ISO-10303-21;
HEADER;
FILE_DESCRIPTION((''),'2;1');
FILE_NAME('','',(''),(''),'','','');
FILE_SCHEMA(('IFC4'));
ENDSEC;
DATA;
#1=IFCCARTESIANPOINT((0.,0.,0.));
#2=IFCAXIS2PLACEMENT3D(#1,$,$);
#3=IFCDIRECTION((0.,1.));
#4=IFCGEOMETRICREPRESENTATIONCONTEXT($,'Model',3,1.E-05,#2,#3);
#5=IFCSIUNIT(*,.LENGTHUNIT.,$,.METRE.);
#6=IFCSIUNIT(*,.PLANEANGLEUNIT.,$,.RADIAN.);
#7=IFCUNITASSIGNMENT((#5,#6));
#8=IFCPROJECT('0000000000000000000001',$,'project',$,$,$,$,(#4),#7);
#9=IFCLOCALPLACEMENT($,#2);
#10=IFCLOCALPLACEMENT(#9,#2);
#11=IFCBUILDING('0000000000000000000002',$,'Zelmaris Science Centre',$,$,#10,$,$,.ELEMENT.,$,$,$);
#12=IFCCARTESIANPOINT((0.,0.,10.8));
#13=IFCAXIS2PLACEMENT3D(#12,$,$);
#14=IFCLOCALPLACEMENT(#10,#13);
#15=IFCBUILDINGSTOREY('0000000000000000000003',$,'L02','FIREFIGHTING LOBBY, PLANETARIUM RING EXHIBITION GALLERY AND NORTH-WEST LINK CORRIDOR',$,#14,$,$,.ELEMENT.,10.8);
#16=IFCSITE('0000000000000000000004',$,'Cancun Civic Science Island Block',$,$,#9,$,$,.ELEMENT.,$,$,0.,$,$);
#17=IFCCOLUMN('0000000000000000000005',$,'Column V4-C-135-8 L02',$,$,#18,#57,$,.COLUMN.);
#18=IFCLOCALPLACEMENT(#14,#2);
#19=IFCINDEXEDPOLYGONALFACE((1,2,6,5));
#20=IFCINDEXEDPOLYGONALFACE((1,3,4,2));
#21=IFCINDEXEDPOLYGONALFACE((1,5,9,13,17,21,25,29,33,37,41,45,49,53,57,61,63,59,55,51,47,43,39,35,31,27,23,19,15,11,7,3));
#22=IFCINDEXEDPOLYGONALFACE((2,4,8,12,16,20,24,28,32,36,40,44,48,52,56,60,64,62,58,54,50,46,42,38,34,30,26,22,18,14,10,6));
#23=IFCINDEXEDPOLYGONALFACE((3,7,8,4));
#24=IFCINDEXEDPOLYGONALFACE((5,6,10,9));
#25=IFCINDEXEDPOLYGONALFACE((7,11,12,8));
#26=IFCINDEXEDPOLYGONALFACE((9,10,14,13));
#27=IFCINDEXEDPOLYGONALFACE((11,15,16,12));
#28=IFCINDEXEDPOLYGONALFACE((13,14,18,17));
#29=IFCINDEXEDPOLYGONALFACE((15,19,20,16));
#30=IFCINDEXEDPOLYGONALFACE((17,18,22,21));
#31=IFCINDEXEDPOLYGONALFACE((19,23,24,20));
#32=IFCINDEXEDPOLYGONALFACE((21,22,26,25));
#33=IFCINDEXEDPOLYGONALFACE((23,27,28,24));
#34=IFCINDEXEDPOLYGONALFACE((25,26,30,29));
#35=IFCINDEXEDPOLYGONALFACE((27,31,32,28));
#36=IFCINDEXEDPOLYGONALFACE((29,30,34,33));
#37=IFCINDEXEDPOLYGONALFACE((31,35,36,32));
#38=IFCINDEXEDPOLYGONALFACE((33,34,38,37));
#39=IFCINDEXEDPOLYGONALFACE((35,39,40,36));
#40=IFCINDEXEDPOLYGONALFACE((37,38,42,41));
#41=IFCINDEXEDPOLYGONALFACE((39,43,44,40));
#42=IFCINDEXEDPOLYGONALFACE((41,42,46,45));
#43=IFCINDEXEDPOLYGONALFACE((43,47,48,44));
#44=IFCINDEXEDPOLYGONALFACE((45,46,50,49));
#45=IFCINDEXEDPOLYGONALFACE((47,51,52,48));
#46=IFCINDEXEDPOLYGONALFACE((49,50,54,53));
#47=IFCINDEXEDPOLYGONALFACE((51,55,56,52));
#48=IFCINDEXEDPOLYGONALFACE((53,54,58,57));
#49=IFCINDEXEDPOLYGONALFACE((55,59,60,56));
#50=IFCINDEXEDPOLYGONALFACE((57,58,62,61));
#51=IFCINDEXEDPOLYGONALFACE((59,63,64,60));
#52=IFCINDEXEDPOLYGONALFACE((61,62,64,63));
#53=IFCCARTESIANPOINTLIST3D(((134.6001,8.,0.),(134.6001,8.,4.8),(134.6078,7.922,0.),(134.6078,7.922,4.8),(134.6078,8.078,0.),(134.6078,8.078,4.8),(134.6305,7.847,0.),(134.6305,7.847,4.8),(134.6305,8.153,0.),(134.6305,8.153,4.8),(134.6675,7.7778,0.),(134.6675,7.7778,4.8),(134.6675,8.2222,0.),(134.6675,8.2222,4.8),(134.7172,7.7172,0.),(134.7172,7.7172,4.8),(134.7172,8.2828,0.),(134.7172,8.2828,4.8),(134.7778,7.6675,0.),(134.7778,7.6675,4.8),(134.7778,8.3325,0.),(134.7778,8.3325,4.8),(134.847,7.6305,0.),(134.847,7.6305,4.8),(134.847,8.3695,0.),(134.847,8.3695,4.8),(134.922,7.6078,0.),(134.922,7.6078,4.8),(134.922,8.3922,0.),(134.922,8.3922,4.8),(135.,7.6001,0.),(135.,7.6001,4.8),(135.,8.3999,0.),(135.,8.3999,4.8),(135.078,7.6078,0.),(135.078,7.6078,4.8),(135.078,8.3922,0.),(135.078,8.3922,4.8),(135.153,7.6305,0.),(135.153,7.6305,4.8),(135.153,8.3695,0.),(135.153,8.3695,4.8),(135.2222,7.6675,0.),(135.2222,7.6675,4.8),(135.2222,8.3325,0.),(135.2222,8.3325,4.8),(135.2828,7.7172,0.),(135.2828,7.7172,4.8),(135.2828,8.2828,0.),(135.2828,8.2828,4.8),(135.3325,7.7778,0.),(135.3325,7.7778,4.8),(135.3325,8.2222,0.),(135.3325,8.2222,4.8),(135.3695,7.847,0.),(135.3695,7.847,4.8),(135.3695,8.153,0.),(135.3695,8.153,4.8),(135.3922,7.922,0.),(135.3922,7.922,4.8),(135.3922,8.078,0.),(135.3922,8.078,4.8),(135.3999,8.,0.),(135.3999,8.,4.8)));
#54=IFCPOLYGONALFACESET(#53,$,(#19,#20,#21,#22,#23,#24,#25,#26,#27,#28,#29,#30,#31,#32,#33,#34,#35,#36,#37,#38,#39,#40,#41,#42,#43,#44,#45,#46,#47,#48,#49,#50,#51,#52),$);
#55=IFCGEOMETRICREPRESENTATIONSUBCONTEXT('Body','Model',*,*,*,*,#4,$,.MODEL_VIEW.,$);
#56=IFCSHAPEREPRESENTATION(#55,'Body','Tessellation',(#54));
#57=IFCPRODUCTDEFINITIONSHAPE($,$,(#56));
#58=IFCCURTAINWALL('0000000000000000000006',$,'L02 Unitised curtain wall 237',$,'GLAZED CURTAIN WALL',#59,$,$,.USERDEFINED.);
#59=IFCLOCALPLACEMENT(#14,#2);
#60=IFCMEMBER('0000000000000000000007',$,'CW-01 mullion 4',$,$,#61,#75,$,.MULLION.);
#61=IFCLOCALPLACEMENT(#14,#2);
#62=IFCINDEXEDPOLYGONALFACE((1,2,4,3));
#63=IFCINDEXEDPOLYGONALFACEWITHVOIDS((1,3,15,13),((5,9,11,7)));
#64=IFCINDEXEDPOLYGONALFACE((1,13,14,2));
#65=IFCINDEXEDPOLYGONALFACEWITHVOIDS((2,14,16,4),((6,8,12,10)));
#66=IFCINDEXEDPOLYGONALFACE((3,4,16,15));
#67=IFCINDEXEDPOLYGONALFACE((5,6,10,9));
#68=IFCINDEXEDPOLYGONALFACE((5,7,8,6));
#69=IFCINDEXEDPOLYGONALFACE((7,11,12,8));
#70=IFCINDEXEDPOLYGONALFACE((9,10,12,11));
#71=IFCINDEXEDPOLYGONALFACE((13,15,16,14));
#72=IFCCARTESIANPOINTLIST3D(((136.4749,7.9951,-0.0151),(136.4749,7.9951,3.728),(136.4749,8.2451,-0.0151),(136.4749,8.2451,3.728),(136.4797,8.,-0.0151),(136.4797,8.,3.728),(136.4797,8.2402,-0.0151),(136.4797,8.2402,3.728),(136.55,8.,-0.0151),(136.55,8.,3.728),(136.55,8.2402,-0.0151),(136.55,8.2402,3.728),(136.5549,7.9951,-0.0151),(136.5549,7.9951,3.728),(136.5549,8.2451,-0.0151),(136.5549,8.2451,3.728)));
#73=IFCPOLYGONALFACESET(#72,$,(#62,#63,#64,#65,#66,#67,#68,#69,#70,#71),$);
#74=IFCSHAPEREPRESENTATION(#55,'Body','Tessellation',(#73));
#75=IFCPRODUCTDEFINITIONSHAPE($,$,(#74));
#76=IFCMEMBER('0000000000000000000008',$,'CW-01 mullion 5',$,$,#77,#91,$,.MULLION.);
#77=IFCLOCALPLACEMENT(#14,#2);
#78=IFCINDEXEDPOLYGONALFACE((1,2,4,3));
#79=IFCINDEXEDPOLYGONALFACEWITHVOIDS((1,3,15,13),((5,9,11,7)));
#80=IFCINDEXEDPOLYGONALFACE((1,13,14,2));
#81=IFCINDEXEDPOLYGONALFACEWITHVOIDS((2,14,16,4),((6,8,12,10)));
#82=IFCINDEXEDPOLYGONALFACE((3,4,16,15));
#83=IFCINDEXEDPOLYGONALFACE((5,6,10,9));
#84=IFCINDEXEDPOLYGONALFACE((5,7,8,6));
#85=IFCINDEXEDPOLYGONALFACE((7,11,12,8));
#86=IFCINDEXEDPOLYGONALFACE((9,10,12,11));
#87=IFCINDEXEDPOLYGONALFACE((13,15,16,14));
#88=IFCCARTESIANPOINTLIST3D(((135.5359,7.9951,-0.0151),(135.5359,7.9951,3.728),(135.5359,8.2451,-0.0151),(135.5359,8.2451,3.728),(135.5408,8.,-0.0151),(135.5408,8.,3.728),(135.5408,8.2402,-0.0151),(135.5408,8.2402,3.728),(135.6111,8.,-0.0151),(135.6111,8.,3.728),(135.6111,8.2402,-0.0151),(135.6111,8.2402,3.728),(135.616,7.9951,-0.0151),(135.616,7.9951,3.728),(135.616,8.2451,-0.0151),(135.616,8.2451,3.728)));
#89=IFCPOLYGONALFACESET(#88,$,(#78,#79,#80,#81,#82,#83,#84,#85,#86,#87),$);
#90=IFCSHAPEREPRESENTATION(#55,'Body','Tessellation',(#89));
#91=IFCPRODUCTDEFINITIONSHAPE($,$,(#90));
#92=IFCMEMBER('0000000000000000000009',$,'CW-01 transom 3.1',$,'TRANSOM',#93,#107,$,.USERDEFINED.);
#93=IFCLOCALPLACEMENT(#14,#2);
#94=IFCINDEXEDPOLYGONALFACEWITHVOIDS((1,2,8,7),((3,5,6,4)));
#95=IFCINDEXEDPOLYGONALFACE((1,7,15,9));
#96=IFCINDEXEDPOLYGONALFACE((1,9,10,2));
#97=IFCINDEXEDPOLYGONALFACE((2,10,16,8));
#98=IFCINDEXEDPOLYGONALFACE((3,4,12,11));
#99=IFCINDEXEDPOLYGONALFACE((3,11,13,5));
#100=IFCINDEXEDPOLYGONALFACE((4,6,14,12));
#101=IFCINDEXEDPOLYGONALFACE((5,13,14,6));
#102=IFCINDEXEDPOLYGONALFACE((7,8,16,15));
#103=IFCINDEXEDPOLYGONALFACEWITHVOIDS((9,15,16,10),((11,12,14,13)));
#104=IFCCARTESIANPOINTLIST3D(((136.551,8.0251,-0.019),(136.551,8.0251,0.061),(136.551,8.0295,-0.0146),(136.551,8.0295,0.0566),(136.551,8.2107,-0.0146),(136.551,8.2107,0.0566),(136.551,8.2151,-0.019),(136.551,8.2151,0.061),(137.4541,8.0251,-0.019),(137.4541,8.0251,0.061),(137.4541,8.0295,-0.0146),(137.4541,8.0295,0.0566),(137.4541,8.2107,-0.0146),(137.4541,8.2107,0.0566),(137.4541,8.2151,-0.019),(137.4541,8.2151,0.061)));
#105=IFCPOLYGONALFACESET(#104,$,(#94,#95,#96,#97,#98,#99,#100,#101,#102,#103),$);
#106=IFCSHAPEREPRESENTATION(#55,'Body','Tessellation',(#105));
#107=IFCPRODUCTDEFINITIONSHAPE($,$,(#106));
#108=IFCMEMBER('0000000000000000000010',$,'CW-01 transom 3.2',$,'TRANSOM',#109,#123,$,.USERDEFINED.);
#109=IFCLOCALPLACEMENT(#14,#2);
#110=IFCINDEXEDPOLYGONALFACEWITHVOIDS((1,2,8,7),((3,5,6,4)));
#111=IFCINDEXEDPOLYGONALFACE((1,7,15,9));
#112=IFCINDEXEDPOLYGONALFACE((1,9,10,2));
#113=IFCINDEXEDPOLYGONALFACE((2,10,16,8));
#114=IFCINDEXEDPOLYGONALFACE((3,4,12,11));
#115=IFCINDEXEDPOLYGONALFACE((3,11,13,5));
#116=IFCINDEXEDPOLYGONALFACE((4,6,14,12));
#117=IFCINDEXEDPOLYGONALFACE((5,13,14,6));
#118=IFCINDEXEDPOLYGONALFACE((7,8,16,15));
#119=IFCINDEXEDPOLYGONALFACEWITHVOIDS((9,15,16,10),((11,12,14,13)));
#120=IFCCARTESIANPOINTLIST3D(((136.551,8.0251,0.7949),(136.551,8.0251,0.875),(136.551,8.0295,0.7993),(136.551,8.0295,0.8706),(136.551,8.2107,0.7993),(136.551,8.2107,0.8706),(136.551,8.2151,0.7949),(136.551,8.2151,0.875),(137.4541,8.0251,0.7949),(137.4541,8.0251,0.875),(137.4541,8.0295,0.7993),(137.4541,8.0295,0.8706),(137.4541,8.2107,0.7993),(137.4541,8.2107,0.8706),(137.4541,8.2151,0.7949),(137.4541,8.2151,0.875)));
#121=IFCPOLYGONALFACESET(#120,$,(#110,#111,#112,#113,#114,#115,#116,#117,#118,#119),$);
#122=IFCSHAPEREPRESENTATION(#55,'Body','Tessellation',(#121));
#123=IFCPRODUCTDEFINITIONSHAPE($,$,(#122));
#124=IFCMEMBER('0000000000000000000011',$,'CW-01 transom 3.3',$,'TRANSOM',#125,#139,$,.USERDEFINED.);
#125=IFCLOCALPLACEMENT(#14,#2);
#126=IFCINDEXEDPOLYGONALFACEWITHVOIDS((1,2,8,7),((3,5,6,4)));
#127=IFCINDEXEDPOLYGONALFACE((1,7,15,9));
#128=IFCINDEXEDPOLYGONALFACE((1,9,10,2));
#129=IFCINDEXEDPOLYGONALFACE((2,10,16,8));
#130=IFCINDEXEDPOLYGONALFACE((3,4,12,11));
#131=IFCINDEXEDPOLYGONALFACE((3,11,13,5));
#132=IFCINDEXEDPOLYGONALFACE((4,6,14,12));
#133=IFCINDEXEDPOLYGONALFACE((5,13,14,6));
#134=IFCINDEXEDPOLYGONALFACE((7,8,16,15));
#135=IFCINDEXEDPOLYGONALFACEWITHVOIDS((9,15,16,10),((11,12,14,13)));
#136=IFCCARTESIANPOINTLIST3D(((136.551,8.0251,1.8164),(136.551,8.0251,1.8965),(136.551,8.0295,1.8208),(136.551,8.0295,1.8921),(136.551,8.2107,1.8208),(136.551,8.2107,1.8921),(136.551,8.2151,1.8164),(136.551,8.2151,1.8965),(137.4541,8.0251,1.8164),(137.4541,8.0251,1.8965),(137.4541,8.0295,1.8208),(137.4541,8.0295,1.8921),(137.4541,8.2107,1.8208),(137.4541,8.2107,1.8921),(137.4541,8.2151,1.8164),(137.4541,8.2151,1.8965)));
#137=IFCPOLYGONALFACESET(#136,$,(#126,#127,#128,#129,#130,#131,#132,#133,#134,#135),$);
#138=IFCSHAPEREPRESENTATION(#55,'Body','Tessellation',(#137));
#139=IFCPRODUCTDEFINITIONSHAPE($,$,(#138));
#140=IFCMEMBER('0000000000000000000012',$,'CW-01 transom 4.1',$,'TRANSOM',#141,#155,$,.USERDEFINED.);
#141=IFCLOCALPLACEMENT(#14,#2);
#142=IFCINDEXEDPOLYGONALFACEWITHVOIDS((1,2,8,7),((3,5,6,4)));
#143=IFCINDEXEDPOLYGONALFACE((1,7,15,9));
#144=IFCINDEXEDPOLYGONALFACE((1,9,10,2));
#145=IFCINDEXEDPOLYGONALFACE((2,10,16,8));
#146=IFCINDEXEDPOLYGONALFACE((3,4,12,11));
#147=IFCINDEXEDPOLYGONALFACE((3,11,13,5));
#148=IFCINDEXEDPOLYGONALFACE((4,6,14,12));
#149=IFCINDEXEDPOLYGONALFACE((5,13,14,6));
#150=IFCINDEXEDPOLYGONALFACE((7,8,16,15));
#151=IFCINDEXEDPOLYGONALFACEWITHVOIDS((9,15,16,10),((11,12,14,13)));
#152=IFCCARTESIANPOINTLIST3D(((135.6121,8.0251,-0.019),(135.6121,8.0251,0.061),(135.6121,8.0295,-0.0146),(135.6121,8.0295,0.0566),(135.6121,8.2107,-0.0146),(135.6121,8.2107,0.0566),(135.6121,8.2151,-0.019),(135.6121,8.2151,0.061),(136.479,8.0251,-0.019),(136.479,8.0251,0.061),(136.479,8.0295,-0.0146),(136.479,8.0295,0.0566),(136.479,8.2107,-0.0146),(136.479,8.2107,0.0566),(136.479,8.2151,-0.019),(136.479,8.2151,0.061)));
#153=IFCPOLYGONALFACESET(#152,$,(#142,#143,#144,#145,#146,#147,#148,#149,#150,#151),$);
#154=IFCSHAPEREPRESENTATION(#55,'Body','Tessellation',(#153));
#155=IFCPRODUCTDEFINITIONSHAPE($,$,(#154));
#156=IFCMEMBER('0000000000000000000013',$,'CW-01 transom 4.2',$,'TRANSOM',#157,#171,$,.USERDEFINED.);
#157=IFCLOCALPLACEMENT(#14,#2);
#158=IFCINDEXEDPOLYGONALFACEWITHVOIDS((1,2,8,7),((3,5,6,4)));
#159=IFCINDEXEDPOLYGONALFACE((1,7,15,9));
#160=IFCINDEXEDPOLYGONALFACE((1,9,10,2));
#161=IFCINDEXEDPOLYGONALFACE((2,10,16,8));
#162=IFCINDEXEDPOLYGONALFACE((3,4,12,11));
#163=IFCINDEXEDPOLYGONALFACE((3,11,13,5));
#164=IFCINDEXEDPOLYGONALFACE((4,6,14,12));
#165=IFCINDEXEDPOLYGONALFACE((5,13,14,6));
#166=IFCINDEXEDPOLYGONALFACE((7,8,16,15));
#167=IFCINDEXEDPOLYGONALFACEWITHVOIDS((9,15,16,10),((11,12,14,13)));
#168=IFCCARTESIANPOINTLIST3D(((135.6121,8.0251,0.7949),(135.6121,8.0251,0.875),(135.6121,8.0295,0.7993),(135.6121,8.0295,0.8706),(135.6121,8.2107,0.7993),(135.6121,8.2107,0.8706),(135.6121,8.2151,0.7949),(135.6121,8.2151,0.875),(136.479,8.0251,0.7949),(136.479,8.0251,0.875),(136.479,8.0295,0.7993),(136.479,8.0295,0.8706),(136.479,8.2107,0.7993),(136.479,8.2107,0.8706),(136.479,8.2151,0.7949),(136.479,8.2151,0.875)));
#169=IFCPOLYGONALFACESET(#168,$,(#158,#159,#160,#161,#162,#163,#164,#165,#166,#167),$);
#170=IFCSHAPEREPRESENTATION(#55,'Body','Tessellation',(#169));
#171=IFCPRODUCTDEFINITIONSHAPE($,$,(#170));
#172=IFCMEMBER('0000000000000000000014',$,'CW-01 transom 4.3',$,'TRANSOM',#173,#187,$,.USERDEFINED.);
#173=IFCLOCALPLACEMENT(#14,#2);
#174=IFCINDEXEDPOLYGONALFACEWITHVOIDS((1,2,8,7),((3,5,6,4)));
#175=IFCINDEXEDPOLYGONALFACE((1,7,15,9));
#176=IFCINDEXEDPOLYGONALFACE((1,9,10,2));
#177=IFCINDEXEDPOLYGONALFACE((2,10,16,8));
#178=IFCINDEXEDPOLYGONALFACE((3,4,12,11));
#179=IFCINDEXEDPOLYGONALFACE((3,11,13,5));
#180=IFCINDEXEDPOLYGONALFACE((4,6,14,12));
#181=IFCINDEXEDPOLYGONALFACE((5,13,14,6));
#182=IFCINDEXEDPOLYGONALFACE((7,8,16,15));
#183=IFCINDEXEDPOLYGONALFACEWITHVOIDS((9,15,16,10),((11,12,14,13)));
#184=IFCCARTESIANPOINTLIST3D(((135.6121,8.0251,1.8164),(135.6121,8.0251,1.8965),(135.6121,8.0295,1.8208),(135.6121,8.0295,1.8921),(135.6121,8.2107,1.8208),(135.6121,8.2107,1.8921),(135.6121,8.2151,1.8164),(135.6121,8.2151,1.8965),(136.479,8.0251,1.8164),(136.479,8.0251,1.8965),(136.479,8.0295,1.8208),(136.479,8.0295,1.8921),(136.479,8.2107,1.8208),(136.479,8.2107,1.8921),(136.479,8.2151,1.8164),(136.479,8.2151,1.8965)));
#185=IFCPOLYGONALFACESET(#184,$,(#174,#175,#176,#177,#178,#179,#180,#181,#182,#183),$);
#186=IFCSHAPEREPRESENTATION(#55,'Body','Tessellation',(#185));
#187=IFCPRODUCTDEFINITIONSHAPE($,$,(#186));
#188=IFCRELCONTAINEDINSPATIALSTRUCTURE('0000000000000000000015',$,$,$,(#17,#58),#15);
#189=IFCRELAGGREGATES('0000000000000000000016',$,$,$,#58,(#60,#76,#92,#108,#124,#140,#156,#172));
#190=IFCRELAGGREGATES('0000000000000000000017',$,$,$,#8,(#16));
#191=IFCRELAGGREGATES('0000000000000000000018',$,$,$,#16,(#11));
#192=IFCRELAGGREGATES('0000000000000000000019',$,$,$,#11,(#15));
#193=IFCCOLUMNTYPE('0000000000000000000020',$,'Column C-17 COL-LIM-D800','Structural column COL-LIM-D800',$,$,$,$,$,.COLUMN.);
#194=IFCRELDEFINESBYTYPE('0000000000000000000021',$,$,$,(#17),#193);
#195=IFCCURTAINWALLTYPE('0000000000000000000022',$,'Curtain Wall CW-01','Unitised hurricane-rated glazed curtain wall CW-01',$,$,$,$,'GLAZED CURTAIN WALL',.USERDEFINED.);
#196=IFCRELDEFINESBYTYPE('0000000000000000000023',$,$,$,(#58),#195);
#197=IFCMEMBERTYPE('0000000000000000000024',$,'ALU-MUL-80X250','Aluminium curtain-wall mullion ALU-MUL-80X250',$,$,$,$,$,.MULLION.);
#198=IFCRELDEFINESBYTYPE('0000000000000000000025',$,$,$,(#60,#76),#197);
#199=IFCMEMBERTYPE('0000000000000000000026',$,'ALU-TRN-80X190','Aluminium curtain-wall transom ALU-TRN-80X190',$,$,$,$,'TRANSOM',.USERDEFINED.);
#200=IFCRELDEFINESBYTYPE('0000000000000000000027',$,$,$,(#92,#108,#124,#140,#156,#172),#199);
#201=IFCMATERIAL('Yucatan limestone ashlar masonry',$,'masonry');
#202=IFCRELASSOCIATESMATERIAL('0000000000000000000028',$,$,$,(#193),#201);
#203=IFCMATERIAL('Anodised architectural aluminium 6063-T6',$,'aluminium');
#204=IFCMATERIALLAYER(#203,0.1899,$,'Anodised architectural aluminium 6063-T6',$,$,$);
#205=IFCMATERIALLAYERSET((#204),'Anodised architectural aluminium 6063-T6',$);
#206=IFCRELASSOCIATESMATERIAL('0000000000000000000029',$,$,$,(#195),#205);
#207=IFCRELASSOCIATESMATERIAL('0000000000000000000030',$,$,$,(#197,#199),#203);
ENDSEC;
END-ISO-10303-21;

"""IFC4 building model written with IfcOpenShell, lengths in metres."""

from ifc_helpers import new_model, si_unit, direction, frame, origin, origin_2d, place, context, subcontext, project, spatial, hollow_rectangle, circle, extrude, material, layer, layer_set, material_profile, profile_set, type_object, element, aggregate, save


model = new_model("IFC4")

# Units and contexts
model_context = context("Model", 3, precision=1e-05, world=origin(), true_north=direction((0.0, 1.0)))
body_context = subcontext(model_context, "Body", "Model", "MODEL_VIEW")
ifc_project = project(units=[si_unit("LENGTHUNIT", "METRE"), si_unit("PLANEANGLEUNIT", "RADIAN")], contexts=[model_context])

# Site, building, storey
site_placement = place(None, origin())
site = spatial("IfcSite", under=ifc_project, at=site_placement, Name="Cancun Civic Science Island Block", CompositionType="ELEMENT", RefElevation=0.0)
building_placement = place(site_placement, origin())
building = spatial("IfcBuilding", under=site, at=building_placement, Name="Zelmaris Science Centre", CompositionType="ELEMENT")
storey_placement = place(building_placement, frame((0.0, 0.0, 10.8)))
storey = spatial("IfcBuildingStorey", under=building, at=storey_placement, Name="L02", Description="FIREFIGHTING LOBBY, PLANETARIUM RING EXHIBITION GALLERY AND NORTH-WEST LINK CORRIDOR", CompositionType="ELEMENT", Elevation=10.8)

# Column
ifc_material_1 = material(Name="Yucatan limestone ashlar masonry", Category="masonry")
ifc_material_profile_1 = material_profile(ifc_material_1, circle(Radius=0.3999, at=origin_2d()), Name="COL-LIM-D800")
ifc_profile_set_1 = profile_set([ifc_material_profile_1], Name="Yucatan limestone ashlar masonry")
column_type = type_object("IfcColumnType", Name="Column C-17 COL-LIM-D800", Description="Structural column COL-LIM-D800", PredefinedType="COLUMN", material=ifc_profile_set_1)
column_placement = place(storey_placement, frame((135.0, 8.0, 0.0), z_axis=(0.0, 0.0, 1.0), x_axis=(1.0, 0.0, 0.0)))
element("IfcColumn", 1, at=column_placement, inside=storey, type_object=column_type, Name="Column V4-C-135-8 L02", PredefinedType="COLUMN", context=body_context, shape_type="SweptSolid", body=[
    extrude(circle(Radius=0.3999, at=origin_2d()), origin(), (0.0, 0.0, 1.0), 4.8),
])

# Curtain wall, members
ifc_material_2 = material(Name="Anodised architectural aluminium 6063-T6", Category="aluminium")
ifc_layer_1 = layer(ifc_material_2, 0.1899, Name="Anodised architectural aluminium 6063-T6")
ifc_layer_set_1 = layer_set([ifc_layer_1], Name="Anodised architectural aluminium 6063-T6")
curtain_wall_type = type_object("IfcCurtainWallType", Name="Curtain Wall CW-01", Description="Unitised hurricane-rated glazed curtain wall CW-01", ElementType="GLAZED CURTAIN WALL", PredefinedType="USERDEFINED", material=ifc_layer_set_1)
curtain_wall_placement = place(storey_placement, origin())
curtain_wall = element("IfcCurtainWall", 2, at=curtain_wall_placement, inside=storey, type_object=curtain_wall_type, Name="L02 Unitised curtain wall 237", ObjectType="GLAZED CURTAIN WALL", PredefinedType="USERDEFINED")
ifc_material_profile_2 = material_profile(ifc_material_2, hollow_rectangle(XDim=0.0801, YDim=0.25, WallThickness=0.0049, at=origin_2d()), Name="ALU-MUL-80X250")
ifc_profile_set_2 = profile_set([ifc_material_profile_2], Name="Anodised architectural aluminium 6063-T6")
member_type_1 = type_object("IfcMemberType", Name="ALU-MUL-80X250", Description="Aluminium curtain-wall mullion ALU-MUL-80X250", PredefinedType="MULLION", material=ifc_profile_set_2)
member_1_placement = place(storey_placement, frame((136.5149, 8.1201, -0.0151), z_axis=(0.0, 0.0, 1.0), x_axis=(-1.0, 0.0, 0.0)))
member_1 = element("IfcMember", 3, at=member_1_placement, type_object=member_type_1, Name="CW-01 mullion 4", PredefinedType="MULLION", context=body_context, shape_type="SweptSolid", body=[
    extrude(hollow_rectangle(XDim=0.0801, YDim=0.25, WallThickness=0.0049, at=origin_2d()), origin(), (0.0, 0.0, 1.0), 3.7432),
])
member_2_placement = place(storey_placement, frame((135.5759, 8.1201, -0.0151), z_axis=(0.0, 0.0, 1.0), x_axis=(-1.0, 0.0, 0.0)))
member_2 = element("IfcMember", 4, at=member_2_placement, type_object=member_type_1, Name="CW-01 mullion 5", PredefinedType="MULLION", context=body_context, shape_type="SweptSolid", body=[
    extrude(hollow_rectangle(XDim=0.0801, YDim=0.25, WallThickness=0.0049, at=origin_2d()), origin(), (0.0, 0.0, 1.0), 3.7432),
])
ifc_material_profile_3 = material_profile(ifc_material_2, hollow_rectangle(XDim=0.0801, YDim=0.1899, WallThickness=0.0044, at=origin_2d()), Name="ALU-TRN-80X190")
ifc_profile_set_3 = profile_set([ifc_material_profile_3], Name="Anodised architectural aluminium 6063-T6")
member_type_2 = type_object("IfcMemberType", Name="ALU-TRN-80X190", Description="Aluminium curtain-wall transom ALU-TRN-80X190", ElementType="TRANSOM", PredefinedType="USERDEFINED", material=ifc_profile_set_3)
member_3_placement = place(storey_placement, frame((137.4541, 8.1201, 0.021), z_axis=(-1.0, 0.0, 0.0), x_axis=(0.0, 0.0, 1.0)))
member_3 = element("IfcMember", 5, at=member_3_placement, type_object=member_type_2, Name="CW-01 transom 3.1", ObjectType="TRANSOM", PredefinedType="USERDEFINED", context=body_context, shape_type="SweptSolid", body=[
    extrude(hollow_rectangle(XDim=0.0801, YDim=0.1899, WallThickness=0.0044, at=origin_2d()), origin(), (0.0, 0.0, 1.0), 0.9031),
])
member_4_placement = place(storey_placement, frame((137.4541, 8.1201, 0.835), z_axis=(-1.0, 0.0, 0.0), x_axis=(0.0, 0.0, 1.0)))
member_4 = element("IfcMember", 6, at=member_4_placement, type_object=member_type_2, Name="CW-01 transom 3.2", ObjectType="TRANSOM", PredefinedType="USERDEFINED", context=body_context, shape_type="SweptSolid", body=[
    extrude(hollow_rectangle(XDim=0.0801, YDim=0.1899, WallThickness=0.0044, at=origin_2d()), origin(), (0.0, 0.0, 1.0), 0.9031),
])
member_5_placement = place(storey_placement, frame((137.4541, 8.1201, 1.8564), z_axis=(-1.0, 0.0, 0.0), x_axis=(0.0, 0.0, 1.0)))
member_5 = element("IfcMember", 7, at=member_5_placement, type_object=member_type_2, Name="CW-01 transom 3.3", ObjectType="TRANSOM", PredefinedType="USERDEFINED", context=body_context, shape_type="SweptSolid", body=[
    extrude(hollow_rectangle(XDim=0.0801, YDim=0.1899, WallThickness=0.0044, at=origin_2d()), origin(), (0.0, 0.0, 1.0), 0.9031),
])
member_6_placement = place(storey_placement, frame((136.479, 8.1201, 0.021), z_axis=(-1.0, 0.0, 0.0), x_axis=(0.0, 0.0, 1.0)))
member_6 = element("IfcMember", 8, at=member_6_placement, type_object=member_type_2, Name="CW-01 transom 4.1", ObjectType="TRANSOM", PredefinedType="USERDEFINED", context=body_context, shape_type="SweptSolid", body=[
    extrude(hollow_rectangle(XDim=0.0801, YDim=0.1899, WallThickness=0.0044, at=origin_2d()), origin(), (0.0, 0.0, 1.0), 0.8669),
])
member_7_placement = place(storey_placement, frame((136.479, 8.1201, 0.835), z_axis=(-1.0, 0.0, 0.0), x_axis=(0.0, 0.0, 1.0)))
member_7 = element("IfcMember", 9, at=member_7_placement, type_object=member_type_2, Name="CW-01 transom 4.2", ObjectType="TRANSOM", PredefinedType="USERDEFINED", context=body_context, shape_type="SweptSolid", body=[
    extrude(hollow_rectangle(XDim=0.0801, YDim=0.1899, WallThickness=0.0044, at=origin_2d()), origin(), (0.0, 0.0, 1.0), 0.8669),
])
member_8_placement = place(storey_placement, frame((136.479, 8.1201, 1.8564), z_axis=(-1.0, 0.0, 0.0), x_axis=(0.0, 0.0, 1.0)))
member_8 = element("IfcMember", 10, at=member_8_placement, type_object=member_type_2, Name="CW-01 transom 4.3", ObjectType="TRANSOM", PredefinedType="USERDEFINED", context=body_context, shape_type="SweptSolid", body=[
    extrude(hollow_rectangle(XDim=0.0801, YDim=0.1899, WallThickness=0.0044, at=origin_2d()), origin(), (0.0, 0.0, 1.0), 0.8669),
])

aggregate(curtain_wall, [member_1, member_2, member_3, member_4, member_5, member_6, member_7, member_8])

save(model, "model.ifc")
